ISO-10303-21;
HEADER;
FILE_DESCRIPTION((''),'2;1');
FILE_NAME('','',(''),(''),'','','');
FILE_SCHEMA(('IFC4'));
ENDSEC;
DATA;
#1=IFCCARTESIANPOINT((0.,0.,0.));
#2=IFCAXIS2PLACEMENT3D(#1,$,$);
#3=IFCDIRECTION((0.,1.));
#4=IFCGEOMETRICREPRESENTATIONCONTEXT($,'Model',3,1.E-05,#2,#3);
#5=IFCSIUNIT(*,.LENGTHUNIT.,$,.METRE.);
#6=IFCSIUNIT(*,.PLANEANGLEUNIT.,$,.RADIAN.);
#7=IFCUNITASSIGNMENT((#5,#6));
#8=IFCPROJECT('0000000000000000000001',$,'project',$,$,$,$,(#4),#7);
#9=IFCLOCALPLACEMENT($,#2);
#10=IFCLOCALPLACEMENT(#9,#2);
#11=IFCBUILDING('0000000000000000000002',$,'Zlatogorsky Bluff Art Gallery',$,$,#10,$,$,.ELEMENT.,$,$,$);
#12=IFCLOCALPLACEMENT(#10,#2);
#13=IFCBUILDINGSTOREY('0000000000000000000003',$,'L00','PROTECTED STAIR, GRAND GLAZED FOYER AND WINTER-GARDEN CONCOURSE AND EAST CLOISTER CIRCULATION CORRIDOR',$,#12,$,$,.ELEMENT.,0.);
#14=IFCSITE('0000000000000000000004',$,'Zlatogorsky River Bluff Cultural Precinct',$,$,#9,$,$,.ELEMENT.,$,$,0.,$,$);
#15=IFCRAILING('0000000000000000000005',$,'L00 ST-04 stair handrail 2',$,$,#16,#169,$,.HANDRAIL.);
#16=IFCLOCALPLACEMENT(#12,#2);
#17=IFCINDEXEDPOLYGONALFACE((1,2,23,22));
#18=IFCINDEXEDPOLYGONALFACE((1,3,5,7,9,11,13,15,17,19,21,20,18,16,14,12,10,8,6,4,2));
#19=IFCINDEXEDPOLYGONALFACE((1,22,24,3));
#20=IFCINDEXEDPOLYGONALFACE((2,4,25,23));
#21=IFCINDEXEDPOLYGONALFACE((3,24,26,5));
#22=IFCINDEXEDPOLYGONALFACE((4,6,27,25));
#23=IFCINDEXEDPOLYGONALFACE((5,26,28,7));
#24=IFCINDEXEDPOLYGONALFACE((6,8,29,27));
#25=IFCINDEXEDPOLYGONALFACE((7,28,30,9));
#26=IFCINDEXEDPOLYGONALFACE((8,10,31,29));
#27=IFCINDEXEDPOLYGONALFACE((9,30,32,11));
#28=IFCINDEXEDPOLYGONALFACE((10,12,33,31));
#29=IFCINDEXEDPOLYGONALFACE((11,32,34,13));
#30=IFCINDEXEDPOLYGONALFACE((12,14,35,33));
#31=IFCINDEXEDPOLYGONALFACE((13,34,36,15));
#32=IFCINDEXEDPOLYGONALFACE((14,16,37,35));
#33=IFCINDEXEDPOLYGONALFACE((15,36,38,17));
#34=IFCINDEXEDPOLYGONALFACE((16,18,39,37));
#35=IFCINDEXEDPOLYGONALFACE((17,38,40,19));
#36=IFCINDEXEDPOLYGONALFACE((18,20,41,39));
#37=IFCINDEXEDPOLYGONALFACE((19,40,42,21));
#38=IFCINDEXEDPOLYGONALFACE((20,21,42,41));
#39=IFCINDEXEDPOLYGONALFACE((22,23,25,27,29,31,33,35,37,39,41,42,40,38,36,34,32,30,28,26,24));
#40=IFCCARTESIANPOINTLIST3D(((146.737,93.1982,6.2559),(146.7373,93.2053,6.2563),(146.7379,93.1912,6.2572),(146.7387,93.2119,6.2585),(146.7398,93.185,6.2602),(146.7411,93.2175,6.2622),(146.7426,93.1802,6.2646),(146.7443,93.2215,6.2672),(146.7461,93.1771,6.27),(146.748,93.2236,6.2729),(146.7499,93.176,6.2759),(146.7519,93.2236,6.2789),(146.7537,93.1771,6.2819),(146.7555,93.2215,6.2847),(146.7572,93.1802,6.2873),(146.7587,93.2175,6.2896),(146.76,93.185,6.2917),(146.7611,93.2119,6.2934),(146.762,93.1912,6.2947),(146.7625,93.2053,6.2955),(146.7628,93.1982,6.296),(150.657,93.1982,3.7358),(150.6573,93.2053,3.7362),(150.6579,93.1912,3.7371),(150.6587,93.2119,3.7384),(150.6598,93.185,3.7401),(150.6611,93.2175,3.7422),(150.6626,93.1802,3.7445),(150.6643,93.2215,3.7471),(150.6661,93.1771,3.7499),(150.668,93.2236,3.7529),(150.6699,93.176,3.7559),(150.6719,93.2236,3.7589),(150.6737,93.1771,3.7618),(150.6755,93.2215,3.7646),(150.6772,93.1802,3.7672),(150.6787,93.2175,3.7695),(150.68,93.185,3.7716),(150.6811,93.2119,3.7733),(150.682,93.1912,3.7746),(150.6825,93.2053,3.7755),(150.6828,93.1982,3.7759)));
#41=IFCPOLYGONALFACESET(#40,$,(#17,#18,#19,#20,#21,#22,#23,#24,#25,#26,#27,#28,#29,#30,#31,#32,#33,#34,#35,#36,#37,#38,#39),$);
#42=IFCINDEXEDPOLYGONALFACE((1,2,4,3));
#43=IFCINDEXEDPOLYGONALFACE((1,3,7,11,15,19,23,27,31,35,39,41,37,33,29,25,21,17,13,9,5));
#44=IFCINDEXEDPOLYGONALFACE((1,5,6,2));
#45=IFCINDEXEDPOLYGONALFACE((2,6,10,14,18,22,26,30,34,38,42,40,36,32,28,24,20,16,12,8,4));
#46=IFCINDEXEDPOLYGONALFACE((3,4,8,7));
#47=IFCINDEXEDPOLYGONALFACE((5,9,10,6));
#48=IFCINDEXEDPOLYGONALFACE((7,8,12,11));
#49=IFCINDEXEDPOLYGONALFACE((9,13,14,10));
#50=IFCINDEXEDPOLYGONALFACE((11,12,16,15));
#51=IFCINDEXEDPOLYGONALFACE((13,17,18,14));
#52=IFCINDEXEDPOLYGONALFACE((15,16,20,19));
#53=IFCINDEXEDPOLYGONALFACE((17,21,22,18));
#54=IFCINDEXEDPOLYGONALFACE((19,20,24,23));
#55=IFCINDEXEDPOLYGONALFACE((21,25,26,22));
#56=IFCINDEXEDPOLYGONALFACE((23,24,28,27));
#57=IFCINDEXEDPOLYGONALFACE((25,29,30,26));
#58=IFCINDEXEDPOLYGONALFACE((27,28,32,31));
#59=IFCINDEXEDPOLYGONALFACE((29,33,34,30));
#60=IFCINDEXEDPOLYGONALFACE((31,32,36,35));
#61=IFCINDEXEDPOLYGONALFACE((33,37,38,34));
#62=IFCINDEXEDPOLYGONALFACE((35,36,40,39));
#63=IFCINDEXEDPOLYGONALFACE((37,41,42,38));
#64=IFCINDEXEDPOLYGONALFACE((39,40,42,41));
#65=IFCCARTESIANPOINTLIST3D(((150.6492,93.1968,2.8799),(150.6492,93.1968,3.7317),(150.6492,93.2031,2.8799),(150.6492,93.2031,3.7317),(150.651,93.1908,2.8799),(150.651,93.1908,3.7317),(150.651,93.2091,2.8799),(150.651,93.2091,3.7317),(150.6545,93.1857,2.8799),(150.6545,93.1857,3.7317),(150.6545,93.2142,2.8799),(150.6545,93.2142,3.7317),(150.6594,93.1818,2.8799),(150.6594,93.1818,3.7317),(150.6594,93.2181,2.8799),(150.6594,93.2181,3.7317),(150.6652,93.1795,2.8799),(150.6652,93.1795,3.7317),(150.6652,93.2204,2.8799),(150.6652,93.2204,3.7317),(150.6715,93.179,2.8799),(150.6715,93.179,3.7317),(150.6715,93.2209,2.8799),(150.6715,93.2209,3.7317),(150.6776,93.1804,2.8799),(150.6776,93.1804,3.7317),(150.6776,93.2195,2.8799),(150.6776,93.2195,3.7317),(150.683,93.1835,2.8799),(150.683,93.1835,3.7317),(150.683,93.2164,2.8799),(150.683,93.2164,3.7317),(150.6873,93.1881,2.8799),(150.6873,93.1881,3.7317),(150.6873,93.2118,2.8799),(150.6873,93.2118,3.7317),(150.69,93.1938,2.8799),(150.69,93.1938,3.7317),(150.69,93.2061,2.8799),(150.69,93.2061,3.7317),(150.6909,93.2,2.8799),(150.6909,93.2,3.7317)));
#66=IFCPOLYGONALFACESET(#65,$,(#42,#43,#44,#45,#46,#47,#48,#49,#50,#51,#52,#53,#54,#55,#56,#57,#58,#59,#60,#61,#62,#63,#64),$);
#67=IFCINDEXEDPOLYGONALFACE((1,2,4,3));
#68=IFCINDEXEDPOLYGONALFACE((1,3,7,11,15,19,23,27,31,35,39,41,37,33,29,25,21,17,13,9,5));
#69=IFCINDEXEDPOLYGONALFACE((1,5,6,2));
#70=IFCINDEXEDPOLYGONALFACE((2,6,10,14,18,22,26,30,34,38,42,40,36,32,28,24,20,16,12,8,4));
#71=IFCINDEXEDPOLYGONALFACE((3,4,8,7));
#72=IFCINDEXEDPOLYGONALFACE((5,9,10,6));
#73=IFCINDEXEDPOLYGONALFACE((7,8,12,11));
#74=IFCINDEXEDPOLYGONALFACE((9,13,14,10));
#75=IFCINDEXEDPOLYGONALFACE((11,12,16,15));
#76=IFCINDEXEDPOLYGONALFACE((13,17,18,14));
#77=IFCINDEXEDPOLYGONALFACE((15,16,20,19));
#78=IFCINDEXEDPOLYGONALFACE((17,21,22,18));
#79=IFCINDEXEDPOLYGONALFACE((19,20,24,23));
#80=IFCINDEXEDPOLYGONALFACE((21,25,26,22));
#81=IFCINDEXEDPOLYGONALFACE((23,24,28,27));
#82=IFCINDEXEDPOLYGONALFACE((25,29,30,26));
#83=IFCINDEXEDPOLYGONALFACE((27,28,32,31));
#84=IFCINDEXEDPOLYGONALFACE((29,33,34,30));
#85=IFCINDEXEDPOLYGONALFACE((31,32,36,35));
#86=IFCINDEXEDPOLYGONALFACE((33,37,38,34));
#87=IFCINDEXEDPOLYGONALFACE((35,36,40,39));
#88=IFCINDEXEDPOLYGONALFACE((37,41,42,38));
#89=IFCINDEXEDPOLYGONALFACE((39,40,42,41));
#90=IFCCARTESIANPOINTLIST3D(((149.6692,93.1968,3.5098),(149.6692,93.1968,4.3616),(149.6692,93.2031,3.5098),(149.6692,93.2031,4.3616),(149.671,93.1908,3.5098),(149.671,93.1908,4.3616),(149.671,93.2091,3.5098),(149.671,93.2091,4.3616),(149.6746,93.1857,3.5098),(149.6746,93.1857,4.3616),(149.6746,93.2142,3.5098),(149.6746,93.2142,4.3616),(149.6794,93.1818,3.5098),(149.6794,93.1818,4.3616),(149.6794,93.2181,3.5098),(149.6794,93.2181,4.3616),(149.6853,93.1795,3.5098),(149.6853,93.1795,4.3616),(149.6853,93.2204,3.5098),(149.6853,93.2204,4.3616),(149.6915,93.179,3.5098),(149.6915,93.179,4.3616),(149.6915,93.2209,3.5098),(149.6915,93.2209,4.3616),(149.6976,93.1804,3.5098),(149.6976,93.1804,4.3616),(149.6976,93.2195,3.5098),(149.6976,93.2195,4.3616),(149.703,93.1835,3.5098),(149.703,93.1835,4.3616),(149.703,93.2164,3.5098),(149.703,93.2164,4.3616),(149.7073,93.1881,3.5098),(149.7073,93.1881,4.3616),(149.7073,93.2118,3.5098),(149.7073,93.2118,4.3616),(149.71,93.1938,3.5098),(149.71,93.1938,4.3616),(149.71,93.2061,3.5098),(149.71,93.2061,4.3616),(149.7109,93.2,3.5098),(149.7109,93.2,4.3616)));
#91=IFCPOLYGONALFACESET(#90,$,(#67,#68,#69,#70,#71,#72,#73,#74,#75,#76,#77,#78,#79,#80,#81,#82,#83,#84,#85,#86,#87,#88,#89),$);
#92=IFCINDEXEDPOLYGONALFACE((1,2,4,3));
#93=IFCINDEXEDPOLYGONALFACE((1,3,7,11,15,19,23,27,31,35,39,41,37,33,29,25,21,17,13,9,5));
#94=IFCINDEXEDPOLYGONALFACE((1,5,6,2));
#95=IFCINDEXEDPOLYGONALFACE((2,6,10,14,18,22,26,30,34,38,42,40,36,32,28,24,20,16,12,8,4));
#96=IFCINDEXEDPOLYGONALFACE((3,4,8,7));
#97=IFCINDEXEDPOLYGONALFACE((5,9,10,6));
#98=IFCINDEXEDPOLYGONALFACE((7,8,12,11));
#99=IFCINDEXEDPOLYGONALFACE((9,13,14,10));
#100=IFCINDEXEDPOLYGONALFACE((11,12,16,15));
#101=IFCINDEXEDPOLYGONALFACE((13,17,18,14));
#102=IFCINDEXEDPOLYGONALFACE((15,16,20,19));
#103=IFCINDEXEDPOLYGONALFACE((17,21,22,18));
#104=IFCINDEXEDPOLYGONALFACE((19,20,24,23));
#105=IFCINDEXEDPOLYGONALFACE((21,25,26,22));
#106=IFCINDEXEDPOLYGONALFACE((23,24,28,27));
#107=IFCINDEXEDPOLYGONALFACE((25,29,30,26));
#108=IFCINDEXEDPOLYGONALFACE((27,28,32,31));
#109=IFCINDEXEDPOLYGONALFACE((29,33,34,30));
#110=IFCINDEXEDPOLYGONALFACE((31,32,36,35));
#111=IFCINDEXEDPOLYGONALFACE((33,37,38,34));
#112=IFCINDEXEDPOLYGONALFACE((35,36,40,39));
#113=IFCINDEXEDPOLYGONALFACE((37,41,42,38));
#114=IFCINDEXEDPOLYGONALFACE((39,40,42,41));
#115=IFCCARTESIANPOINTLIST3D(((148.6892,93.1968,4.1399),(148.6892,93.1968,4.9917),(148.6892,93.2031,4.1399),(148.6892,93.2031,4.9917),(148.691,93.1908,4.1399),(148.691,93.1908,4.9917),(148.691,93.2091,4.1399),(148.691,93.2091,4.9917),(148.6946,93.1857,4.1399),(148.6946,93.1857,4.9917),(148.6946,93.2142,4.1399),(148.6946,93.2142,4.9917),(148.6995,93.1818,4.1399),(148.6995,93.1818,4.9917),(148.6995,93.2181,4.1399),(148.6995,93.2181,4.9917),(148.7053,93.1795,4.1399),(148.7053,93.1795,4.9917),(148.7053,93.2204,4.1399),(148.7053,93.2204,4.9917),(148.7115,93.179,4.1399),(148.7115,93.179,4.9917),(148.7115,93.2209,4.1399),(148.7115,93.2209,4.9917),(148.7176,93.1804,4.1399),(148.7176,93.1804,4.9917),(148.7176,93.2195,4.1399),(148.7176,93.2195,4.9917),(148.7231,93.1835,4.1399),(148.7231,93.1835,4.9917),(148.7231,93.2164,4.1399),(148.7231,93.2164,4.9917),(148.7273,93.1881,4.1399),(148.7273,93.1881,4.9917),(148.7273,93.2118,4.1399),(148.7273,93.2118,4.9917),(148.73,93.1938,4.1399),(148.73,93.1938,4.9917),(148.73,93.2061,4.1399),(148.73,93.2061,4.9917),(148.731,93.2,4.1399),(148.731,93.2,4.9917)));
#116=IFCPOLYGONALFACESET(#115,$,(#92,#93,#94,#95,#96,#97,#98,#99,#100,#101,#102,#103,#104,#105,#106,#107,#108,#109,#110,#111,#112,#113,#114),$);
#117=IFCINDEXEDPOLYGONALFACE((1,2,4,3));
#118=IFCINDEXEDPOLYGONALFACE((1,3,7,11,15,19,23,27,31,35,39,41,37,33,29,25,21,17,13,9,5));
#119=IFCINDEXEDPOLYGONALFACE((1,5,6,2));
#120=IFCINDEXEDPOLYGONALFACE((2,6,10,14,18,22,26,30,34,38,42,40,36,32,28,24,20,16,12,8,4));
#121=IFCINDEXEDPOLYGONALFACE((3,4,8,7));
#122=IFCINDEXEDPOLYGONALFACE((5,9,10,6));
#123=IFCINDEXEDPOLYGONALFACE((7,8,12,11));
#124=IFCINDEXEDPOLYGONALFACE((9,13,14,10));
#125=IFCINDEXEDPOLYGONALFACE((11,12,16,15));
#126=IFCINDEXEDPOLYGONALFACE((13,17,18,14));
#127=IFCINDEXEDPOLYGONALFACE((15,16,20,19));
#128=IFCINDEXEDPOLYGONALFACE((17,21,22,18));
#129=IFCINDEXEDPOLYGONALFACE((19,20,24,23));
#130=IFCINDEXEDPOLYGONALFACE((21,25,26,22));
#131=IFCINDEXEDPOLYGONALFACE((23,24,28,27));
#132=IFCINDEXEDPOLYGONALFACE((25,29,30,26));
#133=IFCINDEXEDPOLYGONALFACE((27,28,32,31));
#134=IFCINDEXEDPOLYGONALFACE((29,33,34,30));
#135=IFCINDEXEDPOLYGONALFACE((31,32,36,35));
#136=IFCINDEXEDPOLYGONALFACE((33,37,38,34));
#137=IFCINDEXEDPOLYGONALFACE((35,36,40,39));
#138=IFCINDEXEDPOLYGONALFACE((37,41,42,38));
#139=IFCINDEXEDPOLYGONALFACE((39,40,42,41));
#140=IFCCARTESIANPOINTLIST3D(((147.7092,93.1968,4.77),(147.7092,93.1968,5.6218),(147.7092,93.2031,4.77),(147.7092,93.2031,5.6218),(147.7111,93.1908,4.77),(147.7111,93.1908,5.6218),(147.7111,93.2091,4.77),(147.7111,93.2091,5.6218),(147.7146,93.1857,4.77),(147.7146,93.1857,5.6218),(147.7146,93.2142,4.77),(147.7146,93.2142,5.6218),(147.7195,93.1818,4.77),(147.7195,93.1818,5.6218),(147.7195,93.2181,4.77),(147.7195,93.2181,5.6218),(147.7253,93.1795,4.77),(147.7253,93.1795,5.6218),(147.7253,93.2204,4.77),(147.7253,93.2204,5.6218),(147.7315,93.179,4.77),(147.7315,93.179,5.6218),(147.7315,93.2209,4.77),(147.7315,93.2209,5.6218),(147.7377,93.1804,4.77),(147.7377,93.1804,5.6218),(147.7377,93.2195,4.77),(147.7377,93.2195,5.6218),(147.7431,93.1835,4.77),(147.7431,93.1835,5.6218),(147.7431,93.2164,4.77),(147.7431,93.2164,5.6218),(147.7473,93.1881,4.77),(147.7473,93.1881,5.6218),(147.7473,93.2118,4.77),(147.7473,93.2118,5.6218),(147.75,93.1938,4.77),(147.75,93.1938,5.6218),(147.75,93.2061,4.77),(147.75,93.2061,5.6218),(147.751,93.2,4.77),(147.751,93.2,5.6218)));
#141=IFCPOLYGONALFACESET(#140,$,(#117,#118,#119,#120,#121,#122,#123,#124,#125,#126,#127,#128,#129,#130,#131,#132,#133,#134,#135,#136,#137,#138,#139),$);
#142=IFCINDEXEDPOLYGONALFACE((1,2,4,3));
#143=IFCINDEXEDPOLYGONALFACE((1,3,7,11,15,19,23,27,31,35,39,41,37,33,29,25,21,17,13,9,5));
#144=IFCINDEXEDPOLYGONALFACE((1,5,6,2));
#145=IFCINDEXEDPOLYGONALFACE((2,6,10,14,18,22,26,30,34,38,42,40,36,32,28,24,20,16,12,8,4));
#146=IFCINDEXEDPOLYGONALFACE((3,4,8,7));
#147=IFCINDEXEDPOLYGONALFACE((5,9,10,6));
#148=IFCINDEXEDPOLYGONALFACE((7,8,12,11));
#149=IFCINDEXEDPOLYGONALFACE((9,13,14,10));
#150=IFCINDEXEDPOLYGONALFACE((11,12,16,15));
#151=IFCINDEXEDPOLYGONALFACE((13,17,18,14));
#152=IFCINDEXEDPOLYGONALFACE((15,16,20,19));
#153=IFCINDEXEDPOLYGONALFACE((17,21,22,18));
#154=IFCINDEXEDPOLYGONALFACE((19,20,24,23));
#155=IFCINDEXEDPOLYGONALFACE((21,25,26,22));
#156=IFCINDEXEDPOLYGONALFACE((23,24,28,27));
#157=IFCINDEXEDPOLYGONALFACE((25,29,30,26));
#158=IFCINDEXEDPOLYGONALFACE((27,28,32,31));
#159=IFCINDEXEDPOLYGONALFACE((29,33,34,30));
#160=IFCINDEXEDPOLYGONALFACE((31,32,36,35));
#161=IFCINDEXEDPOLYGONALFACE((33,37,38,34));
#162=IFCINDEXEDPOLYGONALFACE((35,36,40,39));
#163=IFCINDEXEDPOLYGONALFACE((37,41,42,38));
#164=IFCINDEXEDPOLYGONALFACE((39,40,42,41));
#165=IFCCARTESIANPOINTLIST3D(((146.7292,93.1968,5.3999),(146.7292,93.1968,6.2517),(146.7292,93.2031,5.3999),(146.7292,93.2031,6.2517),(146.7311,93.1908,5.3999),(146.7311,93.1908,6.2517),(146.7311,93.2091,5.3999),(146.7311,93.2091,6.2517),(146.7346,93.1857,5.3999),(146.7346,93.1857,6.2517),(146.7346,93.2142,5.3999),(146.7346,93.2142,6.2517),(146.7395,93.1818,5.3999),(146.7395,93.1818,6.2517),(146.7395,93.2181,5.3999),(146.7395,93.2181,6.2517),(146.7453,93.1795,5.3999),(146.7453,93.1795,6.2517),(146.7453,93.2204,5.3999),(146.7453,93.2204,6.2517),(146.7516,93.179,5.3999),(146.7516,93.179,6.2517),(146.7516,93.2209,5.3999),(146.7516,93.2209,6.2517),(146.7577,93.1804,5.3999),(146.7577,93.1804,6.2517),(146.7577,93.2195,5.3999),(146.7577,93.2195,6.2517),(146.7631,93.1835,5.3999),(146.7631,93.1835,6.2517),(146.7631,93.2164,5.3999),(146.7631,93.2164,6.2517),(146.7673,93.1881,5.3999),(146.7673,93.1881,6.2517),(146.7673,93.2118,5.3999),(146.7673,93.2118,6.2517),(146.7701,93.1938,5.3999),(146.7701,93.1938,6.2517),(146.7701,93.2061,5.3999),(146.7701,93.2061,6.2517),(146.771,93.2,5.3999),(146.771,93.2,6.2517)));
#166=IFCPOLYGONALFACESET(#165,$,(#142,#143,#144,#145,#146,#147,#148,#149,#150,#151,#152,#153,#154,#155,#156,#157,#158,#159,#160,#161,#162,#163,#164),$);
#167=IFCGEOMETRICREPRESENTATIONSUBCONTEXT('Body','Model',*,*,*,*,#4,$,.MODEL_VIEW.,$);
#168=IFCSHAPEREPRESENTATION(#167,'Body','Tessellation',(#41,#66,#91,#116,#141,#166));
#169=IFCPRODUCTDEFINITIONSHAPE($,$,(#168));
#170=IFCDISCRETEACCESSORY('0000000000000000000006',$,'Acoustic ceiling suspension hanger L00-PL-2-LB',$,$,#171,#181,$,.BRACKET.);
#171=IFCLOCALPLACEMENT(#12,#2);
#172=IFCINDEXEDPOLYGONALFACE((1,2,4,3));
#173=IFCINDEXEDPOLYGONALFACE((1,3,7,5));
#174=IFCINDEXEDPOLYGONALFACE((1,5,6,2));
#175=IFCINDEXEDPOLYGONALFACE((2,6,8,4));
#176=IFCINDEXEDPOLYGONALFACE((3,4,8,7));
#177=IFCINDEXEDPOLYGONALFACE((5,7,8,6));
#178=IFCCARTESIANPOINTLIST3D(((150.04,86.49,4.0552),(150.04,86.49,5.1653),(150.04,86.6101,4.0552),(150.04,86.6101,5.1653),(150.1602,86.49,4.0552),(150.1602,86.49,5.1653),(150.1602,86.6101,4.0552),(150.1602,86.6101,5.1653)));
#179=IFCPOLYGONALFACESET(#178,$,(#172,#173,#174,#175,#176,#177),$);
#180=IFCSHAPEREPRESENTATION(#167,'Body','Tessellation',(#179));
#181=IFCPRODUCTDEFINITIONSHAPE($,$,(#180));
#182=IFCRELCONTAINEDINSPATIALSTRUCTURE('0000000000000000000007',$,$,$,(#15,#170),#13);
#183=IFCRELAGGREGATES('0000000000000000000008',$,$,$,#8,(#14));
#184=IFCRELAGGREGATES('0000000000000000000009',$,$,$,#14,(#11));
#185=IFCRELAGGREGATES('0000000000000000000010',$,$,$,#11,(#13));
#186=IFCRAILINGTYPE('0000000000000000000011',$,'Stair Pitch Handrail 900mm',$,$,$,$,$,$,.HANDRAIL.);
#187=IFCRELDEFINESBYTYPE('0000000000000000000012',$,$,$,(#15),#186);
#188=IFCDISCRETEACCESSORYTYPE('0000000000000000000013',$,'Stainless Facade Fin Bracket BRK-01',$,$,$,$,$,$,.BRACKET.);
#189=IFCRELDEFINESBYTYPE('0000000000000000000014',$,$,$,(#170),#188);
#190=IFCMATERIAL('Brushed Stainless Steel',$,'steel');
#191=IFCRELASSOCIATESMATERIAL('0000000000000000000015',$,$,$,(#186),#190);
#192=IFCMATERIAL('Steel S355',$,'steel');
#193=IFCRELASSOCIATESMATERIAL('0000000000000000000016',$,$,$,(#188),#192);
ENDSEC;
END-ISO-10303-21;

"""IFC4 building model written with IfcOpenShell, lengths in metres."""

from ifc_helpers import new_model, si_unit, direction, frame, origin, origin_2d, place, context, subcontext, project, spatial, rectangle, circle, extrude, material, type_object, element, save


model = new_model("IFC4")

# Units and contexts
model_context = context("Model", 3, precision=1e-05, world=origin(), true_north=direction((0.0, 1.0)))
body_context = subcontext(model_context, "Body", "Model", "MODEL_VIEW")
ifc_project = project(units=[si_unit("LENGTHUNIT", "METRE"), si_unit("PLANEANGLEUNIT", "RADIAN")], contexts=[model_context])

# Site, building, storey
site_placement = place(None, origin())
site = spatial("IfcSite", under=ifc_project, at=site_placement, Name="Zlatogorsky River Bluff Cultural Precinct", CompositionType="ELEMENT", RefElevation=0.0)
building_placement = place(site_placement, origin())
building = spatial("IfcBuilding", under=site, at=building_placement, Name="Zlatogorsky Bluff Art Gallery", CompositionType="ELEMENT")
storey_placement = place(building_placement, origin())
storey = spatial("IfcBuildingStorey", under=building, at=storey_placement, Name="L00", Description="PROTECTED STAIR, GRAND GLAZED FOYER AND WINTER-GARDEN CONCOURSE AND EAST CLOISTER CIRCULATION CORRIDOR", CompositionType="ELEMENT", Elevation=0.0)

# Shared definitions
ifc_material_1 = material(Name="Steel S355", Category="steel")

# Railing
ifc_material_2 = material(Name="Brushed Stainless Steel", Category="steel")
railing_type_1 = type_object("IfcRailingType", Name="Stair Pitch Handrail 900mm", PredefinedType="HANDRAIL", material=ifc_material_2)
railing_1_placement = place(storey_placement, frame((150.6699, 93.2, 2.8799)))
element("IfcRailing", 1, at=railing_1_placement, inside=storey, type_object=railing_type_1, Name="L00 ST-04 stair handrail 2", PredefinedType="HANDRAIL", context=body_context, shape_type="SweptSolid", body=[
    extrude(circle(Radius=0.0239, at=origin_2d()), frame((0.0, 0.0, 0.876), z_axis=(-0.841172, 0.0, 0.540768), x_axis=(0.0, -1.0, 0.0)), (0.0, 0.0, 1.0), 4.6602),
    extrude(circle(Radius=0.021, at=origin_2d()), origin(), (0.0, 0.0, 1.0), 0.8518),
    extrude(circle(Radius=0.021, at=origin_2d()), frame((-0.98, 0.0, 0.6299)), (0.0, 0.0, 1.0), 0.8518),
    extrude(circle(Radius=0.021, at=origin_2d()), frame((-1.96, 0.0, 1.26)), (0.0, 0.0, 1.0), 0.8518),
    extrude(circle(Radius=0.021, at=origin_2d()), frame((-2.9399, 0.0, 1.8901)), (0.0, 0.0, 1.0), 0.8518),
    extrude(circle(Radius=0.021, at=origin_2d()), frame((-3.9199, 0.0, 2.52)), (0.0, 0.0, 1.0), 0.8518),
])

# Discrete accessory
discrete_accessory_type = type_object("IfcDiscreteAccessoryType", Name="Stainless Facade Fin Bracket BRK-01", PredefinedType="BRACKET", material=ifc_material_1)
discrete_accessory_placement = place(storey_placement, frame((150.1001, 86.55, 4.0552), z_axis=(0.0, 0.0, 1.0), x_axis=(1.0, 0.0, 0.0)))
element("IfcDiscreteAccessory", 2, at=discrete_accessory_placement, inside=storey, type_object=discrete_accessory_type, Name="Acoustic ceiling suspension hanger L00-PL-2-LB", PredefinedType="BRACKET", context=body_context, shape_type="SweptSolid", body=[
    extrude(rectangle(XDim=0.1201, YDim=0.1201, at=origin_2d()), origin(), (0.0, 0.0, 1.0), 1.1101),
])

save(model, "model.ifc")
